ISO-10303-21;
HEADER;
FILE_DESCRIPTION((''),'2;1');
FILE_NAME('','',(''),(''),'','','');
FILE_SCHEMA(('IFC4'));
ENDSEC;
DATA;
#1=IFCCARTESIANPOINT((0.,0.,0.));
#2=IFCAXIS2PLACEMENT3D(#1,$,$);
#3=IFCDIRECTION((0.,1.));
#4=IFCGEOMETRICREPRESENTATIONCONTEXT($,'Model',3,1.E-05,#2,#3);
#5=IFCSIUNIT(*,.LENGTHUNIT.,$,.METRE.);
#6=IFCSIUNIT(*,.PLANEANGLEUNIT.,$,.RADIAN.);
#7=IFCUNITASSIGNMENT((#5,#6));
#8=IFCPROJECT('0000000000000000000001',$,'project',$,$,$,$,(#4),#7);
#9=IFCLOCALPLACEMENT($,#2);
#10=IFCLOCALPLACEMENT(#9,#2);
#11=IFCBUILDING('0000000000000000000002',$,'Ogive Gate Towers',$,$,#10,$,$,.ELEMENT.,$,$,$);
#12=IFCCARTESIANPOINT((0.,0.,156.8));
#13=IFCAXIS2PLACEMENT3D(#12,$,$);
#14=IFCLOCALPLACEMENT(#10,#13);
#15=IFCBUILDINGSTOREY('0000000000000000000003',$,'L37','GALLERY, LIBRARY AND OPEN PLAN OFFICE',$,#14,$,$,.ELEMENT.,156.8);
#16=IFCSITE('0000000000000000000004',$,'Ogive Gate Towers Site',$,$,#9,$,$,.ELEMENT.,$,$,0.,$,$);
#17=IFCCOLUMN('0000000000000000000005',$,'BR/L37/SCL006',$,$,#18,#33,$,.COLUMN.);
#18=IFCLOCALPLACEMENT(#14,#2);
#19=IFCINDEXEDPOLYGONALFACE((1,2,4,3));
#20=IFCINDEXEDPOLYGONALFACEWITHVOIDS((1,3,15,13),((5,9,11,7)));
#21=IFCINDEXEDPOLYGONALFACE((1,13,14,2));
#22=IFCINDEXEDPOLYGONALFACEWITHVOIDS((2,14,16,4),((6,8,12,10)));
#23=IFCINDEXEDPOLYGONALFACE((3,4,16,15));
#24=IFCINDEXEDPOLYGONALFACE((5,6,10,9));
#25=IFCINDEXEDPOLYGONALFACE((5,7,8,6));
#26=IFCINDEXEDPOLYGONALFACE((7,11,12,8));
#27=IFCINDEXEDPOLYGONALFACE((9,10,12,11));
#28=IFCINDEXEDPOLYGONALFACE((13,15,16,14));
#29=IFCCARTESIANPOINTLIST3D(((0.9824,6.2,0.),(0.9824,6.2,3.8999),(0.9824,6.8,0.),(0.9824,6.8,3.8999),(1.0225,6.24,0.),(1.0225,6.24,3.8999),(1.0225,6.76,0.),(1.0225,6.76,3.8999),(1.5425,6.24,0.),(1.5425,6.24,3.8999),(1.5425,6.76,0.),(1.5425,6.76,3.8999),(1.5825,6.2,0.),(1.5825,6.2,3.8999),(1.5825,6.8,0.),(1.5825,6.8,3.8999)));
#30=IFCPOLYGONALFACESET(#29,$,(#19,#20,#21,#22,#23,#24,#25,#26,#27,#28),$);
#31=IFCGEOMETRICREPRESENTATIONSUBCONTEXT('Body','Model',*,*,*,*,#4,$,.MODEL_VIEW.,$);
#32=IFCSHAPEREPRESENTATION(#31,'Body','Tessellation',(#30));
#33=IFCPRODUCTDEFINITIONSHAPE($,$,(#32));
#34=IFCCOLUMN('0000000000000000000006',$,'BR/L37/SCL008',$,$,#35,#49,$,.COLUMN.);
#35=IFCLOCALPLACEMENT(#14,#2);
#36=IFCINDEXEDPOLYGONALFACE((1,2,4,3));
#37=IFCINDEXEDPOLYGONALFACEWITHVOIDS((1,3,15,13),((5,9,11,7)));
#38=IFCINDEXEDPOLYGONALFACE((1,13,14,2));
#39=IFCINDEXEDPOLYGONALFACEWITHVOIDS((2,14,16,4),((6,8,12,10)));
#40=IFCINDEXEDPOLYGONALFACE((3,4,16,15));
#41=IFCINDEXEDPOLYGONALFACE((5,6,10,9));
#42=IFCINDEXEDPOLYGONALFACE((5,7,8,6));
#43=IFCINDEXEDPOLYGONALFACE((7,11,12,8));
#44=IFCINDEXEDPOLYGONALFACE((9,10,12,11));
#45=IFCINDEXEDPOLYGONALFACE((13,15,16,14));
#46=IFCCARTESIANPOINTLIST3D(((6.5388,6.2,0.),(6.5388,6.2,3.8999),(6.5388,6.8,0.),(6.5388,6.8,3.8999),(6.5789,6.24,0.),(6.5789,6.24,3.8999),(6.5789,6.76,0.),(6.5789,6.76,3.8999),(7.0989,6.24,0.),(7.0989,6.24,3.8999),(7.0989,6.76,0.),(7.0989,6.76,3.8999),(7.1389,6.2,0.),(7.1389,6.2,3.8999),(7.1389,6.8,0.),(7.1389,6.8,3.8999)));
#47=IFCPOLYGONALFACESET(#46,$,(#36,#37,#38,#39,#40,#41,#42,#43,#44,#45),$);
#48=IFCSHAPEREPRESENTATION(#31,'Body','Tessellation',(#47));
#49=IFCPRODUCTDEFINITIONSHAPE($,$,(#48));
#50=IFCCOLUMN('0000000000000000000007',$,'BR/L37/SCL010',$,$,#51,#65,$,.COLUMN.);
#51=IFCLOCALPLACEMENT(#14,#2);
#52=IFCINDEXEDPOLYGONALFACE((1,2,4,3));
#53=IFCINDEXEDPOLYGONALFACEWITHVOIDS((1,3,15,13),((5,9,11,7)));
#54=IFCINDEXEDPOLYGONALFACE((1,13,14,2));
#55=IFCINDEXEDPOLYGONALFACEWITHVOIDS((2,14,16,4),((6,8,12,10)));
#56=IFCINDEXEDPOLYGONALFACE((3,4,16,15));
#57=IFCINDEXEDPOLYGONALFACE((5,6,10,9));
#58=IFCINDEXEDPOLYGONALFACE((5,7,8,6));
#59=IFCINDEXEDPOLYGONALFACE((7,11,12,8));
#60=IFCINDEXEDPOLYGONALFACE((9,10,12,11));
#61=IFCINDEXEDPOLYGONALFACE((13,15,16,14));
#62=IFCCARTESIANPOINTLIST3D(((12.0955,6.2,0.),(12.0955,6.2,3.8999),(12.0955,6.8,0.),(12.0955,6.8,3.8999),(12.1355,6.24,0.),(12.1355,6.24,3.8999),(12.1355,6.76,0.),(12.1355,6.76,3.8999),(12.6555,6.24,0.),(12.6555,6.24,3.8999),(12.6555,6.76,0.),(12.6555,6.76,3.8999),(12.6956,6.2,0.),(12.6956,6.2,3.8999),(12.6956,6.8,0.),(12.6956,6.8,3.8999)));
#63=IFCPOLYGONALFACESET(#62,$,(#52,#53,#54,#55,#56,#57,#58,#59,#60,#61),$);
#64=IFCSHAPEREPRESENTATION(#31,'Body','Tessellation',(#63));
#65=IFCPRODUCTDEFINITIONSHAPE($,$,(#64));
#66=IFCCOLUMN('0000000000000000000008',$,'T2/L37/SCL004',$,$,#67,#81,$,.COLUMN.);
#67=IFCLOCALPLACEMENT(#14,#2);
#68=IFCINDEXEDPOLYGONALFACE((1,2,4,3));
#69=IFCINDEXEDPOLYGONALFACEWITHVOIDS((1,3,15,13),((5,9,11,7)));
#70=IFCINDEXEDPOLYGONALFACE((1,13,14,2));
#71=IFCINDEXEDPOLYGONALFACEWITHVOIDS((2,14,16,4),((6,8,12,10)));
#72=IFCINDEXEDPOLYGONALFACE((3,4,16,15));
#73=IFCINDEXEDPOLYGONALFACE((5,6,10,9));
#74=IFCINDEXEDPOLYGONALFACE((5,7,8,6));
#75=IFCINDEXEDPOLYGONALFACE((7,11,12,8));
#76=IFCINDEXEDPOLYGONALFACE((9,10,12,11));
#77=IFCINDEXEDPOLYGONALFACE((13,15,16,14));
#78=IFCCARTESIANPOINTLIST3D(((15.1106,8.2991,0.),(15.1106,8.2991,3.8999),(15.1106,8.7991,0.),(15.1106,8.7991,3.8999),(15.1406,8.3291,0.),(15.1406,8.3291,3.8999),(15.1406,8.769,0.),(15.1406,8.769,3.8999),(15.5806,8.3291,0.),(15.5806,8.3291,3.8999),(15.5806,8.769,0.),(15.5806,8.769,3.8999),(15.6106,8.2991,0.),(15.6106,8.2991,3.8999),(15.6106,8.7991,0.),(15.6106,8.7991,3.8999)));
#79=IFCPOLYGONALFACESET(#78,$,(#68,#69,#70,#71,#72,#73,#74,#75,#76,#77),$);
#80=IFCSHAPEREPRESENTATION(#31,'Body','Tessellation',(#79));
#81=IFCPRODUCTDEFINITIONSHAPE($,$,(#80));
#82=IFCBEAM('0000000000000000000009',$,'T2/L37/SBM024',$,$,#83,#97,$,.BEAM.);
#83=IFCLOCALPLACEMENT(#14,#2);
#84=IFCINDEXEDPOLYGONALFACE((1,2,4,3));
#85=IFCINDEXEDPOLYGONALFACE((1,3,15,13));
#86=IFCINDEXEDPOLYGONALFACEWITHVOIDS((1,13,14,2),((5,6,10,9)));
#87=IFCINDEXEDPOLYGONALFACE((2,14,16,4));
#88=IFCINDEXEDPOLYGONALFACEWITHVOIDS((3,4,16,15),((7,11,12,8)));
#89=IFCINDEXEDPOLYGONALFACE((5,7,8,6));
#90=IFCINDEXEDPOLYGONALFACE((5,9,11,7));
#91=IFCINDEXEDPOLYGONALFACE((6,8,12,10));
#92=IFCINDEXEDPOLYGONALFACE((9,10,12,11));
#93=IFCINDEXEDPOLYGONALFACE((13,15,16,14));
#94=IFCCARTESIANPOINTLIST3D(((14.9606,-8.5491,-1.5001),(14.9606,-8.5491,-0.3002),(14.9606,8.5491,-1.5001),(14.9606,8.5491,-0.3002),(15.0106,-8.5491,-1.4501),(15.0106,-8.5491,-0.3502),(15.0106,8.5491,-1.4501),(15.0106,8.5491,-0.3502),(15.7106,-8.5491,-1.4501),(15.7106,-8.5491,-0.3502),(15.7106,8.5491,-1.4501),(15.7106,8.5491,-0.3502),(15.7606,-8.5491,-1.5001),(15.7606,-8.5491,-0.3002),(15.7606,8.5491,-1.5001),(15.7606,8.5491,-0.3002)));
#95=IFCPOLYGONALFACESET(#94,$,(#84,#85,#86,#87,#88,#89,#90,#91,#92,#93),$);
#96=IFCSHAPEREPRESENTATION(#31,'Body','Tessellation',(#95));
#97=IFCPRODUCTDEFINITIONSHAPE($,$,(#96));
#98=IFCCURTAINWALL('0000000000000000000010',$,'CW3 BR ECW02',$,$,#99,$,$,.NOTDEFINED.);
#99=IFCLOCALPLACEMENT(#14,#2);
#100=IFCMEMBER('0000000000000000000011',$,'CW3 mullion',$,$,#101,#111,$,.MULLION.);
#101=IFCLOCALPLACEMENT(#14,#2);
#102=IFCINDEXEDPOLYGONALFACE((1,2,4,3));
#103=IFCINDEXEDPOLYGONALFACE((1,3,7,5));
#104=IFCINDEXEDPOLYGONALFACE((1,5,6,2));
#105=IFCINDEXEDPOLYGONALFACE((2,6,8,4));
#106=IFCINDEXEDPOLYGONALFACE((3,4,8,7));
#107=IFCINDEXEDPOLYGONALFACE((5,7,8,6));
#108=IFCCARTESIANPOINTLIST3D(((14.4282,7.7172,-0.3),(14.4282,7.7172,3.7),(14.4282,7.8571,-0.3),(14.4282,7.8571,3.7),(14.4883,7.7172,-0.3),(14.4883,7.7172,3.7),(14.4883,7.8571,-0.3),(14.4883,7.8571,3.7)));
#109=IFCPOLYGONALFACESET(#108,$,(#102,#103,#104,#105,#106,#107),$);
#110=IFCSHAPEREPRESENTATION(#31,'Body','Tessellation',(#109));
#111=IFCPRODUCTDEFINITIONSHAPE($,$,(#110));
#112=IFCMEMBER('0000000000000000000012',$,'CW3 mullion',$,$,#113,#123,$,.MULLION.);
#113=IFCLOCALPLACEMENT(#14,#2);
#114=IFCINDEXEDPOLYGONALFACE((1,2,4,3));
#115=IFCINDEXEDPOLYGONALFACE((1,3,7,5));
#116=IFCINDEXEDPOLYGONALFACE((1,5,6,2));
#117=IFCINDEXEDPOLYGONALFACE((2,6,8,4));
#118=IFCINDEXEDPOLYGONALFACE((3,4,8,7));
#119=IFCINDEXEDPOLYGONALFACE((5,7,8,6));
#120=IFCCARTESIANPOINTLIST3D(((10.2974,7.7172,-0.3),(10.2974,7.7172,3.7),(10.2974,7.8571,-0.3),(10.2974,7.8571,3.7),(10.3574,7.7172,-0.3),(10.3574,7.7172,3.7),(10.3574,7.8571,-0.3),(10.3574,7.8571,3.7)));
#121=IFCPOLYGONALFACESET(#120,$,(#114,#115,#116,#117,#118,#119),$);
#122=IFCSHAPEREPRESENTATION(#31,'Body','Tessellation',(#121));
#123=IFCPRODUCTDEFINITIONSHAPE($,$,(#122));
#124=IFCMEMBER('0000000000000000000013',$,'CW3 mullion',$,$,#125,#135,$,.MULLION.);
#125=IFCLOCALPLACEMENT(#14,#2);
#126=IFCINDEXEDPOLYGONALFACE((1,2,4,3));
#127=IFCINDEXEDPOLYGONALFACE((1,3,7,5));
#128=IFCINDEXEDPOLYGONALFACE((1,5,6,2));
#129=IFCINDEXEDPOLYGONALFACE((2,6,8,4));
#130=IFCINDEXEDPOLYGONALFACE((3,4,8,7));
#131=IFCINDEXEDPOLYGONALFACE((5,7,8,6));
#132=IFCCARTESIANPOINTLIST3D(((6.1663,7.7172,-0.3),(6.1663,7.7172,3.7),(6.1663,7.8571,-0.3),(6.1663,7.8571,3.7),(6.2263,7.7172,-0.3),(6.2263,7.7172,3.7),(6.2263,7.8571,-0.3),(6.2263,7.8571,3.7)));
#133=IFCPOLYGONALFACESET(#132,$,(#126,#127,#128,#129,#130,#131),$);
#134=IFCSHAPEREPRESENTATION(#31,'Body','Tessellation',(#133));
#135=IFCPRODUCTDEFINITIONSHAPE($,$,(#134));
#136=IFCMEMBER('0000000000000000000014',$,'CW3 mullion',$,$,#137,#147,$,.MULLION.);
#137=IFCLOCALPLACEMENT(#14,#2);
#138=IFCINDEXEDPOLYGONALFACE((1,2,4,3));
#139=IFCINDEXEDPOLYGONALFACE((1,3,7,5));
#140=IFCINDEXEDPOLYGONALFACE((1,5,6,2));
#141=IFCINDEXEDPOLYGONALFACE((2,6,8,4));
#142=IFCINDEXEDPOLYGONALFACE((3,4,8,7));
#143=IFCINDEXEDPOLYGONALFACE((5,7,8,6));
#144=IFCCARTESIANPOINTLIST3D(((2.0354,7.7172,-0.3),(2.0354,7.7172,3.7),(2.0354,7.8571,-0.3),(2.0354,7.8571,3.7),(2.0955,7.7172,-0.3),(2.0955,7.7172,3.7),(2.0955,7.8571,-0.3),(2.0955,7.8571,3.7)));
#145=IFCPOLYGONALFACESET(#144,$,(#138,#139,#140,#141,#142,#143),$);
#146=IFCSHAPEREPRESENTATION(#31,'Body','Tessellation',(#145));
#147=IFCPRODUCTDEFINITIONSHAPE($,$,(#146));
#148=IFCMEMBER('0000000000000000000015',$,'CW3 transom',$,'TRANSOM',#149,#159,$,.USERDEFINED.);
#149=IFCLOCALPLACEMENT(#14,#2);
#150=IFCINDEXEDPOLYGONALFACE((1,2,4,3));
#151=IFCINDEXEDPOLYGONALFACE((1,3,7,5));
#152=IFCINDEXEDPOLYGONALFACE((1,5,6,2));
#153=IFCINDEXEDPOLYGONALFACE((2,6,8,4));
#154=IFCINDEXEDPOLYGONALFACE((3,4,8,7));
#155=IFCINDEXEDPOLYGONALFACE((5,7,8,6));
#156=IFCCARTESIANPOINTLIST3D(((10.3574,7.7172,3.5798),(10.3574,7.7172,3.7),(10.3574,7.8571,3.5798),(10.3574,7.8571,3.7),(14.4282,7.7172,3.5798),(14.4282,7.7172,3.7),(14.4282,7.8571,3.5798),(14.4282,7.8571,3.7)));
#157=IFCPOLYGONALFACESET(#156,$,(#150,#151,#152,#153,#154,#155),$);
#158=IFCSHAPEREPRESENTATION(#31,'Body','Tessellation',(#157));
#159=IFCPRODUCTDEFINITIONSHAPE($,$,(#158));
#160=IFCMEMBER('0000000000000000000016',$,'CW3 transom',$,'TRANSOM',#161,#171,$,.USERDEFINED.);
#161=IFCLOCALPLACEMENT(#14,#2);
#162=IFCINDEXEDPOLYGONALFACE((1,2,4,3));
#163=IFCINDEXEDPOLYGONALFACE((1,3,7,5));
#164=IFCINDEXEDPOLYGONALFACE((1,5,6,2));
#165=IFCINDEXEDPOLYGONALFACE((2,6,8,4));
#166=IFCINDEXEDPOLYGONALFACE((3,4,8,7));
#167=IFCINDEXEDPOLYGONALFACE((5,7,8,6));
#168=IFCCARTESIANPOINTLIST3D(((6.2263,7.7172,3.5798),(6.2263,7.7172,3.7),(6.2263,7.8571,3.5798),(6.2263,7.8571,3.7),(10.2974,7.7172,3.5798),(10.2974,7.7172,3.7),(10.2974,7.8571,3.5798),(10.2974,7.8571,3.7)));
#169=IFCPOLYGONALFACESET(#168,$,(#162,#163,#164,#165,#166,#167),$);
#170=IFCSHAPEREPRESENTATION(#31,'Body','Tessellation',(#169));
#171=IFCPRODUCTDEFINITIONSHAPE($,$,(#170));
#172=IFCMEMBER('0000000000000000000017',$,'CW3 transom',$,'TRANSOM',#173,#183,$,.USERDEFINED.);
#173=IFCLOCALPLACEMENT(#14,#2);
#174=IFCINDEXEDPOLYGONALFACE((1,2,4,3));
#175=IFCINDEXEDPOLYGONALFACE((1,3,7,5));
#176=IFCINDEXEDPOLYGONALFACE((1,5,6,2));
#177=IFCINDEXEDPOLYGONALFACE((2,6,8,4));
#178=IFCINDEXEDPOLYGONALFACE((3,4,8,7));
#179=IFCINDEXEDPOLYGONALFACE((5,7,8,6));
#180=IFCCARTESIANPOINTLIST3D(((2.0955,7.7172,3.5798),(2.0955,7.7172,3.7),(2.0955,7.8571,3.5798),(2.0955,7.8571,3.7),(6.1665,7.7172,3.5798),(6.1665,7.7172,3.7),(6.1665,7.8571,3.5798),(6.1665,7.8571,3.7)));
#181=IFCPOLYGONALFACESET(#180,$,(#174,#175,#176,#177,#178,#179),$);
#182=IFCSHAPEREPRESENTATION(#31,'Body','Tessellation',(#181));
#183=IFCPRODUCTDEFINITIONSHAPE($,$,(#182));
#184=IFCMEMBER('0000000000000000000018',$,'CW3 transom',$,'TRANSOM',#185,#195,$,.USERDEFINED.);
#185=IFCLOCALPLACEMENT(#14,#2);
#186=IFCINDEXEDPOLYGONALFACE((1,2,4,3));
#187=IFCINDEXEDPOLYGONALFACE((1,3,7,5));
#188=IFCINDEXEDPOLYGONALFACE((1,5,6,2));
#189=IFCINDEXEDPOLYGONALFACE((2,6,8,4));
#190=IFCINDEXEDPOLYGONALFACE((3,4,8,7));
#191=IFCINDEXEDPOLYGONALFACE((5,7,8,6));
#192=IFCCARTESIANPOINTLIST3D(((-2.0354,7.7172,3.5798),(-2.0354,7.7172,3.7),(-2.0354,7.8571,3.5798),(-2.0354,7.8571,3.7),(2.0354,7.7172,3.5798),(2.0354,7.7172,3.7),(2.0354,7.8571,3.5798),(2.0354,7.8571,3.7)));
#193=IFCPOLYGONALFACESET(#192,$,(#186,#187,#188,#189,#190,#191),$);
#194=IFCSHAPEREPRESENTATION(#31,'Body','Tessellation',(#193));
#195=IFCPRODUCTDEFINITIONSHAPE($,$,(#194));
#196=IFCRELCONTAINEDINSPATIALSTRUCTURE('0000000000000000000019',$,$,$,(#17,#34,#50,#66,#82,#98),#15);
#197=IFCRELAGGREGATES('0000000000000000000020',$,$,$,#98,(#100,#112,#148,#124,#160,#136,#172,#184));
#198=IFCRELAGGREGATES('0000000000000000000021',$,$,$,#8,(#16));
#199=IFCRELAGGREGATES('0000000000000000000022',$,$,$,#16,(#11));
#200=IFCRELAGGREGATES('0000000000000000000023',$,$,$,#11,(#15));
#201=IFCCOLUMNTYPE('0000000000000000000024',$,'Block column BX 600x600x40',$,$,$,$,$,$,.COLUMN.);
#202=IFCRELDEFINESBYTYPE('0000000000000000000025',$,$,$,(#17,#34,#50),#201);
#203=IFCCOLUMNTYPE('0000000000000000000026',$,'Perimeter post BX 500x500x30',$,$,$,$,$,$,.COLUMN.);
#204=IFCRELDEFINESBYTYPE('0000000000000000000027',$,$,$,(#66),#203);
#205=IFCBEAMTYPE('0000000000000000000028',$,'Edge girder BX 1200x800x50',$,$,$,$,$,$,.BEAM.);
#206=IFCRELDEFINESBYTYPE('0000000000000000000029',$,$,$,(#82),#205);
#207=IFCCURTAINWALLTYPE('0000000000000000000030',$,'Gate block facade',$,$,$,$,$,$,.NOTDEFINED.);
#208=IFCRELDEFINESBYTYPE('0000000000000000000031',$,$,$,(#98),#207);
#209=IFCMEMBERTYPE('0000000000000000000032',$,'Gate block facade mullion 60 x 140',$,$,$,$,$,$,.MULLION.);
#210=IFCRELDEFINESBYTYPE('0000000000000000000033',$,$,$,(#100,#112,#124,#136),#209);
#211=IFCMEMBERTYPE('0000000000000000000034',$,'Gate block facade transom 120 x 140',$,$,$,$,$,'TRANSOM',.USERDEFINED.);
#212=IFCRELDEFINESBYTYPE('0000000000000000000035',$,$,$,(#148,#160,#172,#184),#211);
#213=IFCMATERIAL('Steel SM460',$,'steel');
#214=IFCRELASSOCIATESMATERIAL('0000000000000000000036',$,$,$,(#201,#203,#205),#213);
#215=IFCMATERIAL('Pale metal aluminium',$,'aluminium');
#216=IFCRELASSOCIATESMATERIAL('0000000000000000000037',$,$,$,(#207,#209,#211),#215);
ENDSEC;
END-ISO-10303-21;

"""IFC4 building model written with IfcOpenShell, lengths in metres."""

from ifc_helpers import new_model, si_unit, direction, frame, origin, origin_2d, place, context, subcontext, project, spatial, rectangle, hollow_rectangle, extrude, material, material_profile, profile_set, type_object, element, aggregate, save


model = new_model("IFC4")

# Units and contexts
model_context = context("Model", 3, precision=1e-05, world=origin(), true_north=direction((0.0, 1.0)))
body_context = subcontext(model_context, "Body", "Model", "MODEL_VIEW")
ifc_project = project(units=[si_unit("LENGTHUNIT", "METRE"), si_unit("PLANEANGLEUNIT", "RADIAN")], contexts=[model_context])

# Site, building, storey
site_placement = place(None, origin())
site = spatial("IfcSite", under=ifc_project, at=site_placement, Name="Ogive Gate Towers Site", CompositionType="ELEMENT", RefElevation=0.0)
building_placement = place(site_placement, origin())
building = spatial("IfcBuilding", under=site, at=building_placement, Name="Ogive Gate Towers", CompositionType="ELEMENT")
storey_placement = place(building_placement, frame((0.0, 0.0, 156.8)))
storey = spatial("IfcBuildingStorey", under=building, at=storey_placement, Name="L37", Description="GALLERY, LIBRARY AND OPEN PLAN OFFICE", CompositionType="ELEMENT", Elevation=156.8)

# Columns
ifc_material_1 = material(Name="Steel SM460", Category="steel")
ifc_material_profile_1 = material_profile(ifc_material_1, hollow_rectangle(XDim=0.6001, YDim=0.6001, WallThickness=0.04, at=origin_2d()), Name="BX 600x600x40")
ifc_profile_set_1 = profile_set([ifc_material_profile_1], Name="Steel SM460")
column_type_1 = type_object("IfcColumnType", Name="Block column BX 600x600x40", PredefinedType="COLUMN", material=ifc_profile_set_1)
for number, where, z_axis, x_axis, name in (
    (1, (1.2825, 6.5, 0.0), (0.0, 0.0, 1.0), (1.0, 0.0, 0.0), "BR/L37/SCL006"),
    (2, (6.8389, 6.5, 0.0), (0.0, 0.0, 1.0), (1.0, 0.0, 0.0), "BR/L37/SCL008"),
    (3, (12.3955, 6.5, 0.0), (0.0, 0.0, 1.0), (1.0, 0.0, 0.0), "BR/L37/SCL010"),
):
    element("IfcColumn", number, at=place(storey_placement, frame(where, z_axis=z_axis, x_axis=x_axis)), inside=storey, type_object=column_type_1, Name=name, PredefinedType="COLUMN", context=body_context, shape_type="SweptSolid", body=[
        extrude(hollow_rectangle(XDim=0.6001, YDim=0.6001, WallThickness=0.04, at=origin_2d()), origin(), (0.0, 0.0, 1.0), 3.8999),
    ])
ifc_material_profile_2 = material_profile(ifc_material_1, hollow_rectangle(XDim=0.5, YDim=0.5, WallThickness=0.03, at=origin_2d()), Name="BX 500x500x30")
ifc_profile_set_2 = profile_set([ifc_material_profile_2], Name="Steel SM460")
column_type_2 = type_object("IfcColumnType", Name="Perimeter post BX 500x500x30", PredefinedType="COLUMN", material=ifc_profile_set_2)
column_placement = place(storey_placement, frame((15.3606, 8.5491, 0.0), z_axis=(0.0, 0.0, 1.0), x_axis=(1.0, 0.0, 0.0)))
element("IfcColumn", 4, at=column_placement, inside=storey, type_object=column_type_2, Name="T2/L37/SCL004", PredefinedType="COLUMN", context=body_context, shape_type="SweptSolid", body=[
    extrude(hollow_rectangle(XDim=0.5, YDim=0.5, WallThickness=0.03, at=origin_2d()), origin(), (0.0, 0.0, 1.0), 3.8999),
])

# Beam
ifc_material_profile_3 = material_profile(ifc_material_1, hollow_rectangle(XDim=0.8, YDim=1.2, WallThickness=0.05, at=origin_2d()), Name="BX 1200x800x50")
ifc_profile_set_3 = profile_set([ifc_material_profile_3], Name="Steel SM460")
beam_type = type_object("IfcBeamType", Name="Edge girder BX 1200x800x50", PredefinedType="BEAM", material=ifc_profile_set_3)
beam_placement = place(storey_placement, frame((15.3606, 8.5491, -0.9001), z_axis=(0.0, -1.0, 0.0), x_axis=(1.0, 0.0, 0.0)))
element("IfcBeam", 5, at=beam_placement, inside=storey, type_object=beam_type, Name="T2/L37/SBM024", PredefinedType="BEAM", context=body_context, shape_type="SweptSolid", body=[
    extrude(hollow_rectangle(XDim=0.8, YDim=1.2, WallThickness=0.05, at=origin_2d()), origin(), (0.0, 0.0, 1.0), 17.0981),
])

# Curtain wall, members
ifc_material_2 = material(Name="Pale metal aluminium", Category="aluminium")
curtain_wall_type_1 = type_object("IfcCurtainWallType", Name="Gate block facade", PredefinedType="NOTDEFINED", material=ifc_material_2)
curtain_wall_1_placement = place(storey_placement, origin())
curtain_wall_1 = element("IfcCurtainWall", 6, at=curtain_wall_1_placement, inside=storey, type_object=curtain_wall_type_1, Name="CW3 BR ECW02", PredefinedType="NOTDEFINED")
ifc_material_profile_4 = material_profile(ifc_material_2, rectangle(XDim=0.1399, YDim=0.0601, at=origin_2d()), Name="60 x 140 aluminium box")
ifc_profile_set_4 = profile_set([ifc_material_profile_4], Name="Pale metal aluminium")
member_type_1 = type_object("IfcMemberType", Name="Gate block facade mullion 60 x 140", PredefinedType="MULLION", material=ifc_profile_set_4)
member_1_placement = place(storey_placement, frame((14.4583, 7.7871, -0.3), z_axis=(0.0, 0.0, 1.0), x_axis=(0.0, 1.0, 0.0)))
member_1 = element("IfcMember", 7, at=member_1_placement, type_object=member_type_1, Name="CW3 mullion", PredefinedType="MULLION", context=body_context, shape_type="SweptSolid", body=[
    extrude(rectangle(XDim=0.1399, YDim=0.0601, at=origin_2d()), origin(), (0.0, 0.0, 1.0), 4.0),
])
member_2_placement = place(storey_placement, frame((10.3274, 7.7871, -0.3), z_axis=(0.0, 0.0, 1.0), x_axis=(0.0, 1.0, 0.0)))
member_2 = element("IfcMember", 8, at=member_2_placement, type_object=member_type_1, Name="CW3 mullion", PredefinedType="MULLION", context=body_context, shape_type="SweptSolid", body=[
    extrude(rectangle(XDim=0.1399, YDim=0.0601, at=origin_2d()), origin(), (0.0, 0.0, 1.0), 4.0),
])
member_3_placement = place(storey_placement, frame((6.1963, 7.7871, -0.3), z_axis=(0.0, 0.0, 1.0), x_axis=(0.0, 1.0, 0.0)))
member_3 = element("IfcMember", 9, at=member_3_placement, type_object=member_type_1, Name="CW3 mullion", PredefinedType="MULLION", context=body_context, shape_type="SweptSolid", body=[
    extrude(rectangle(XDim=0.1399, YDim=0.0601, at=origin_2d()), origin(), (0.0, 0.0, 1.0), 4.0),
])
member_4_placement = place(storey_placement, frame((2.0654, 7.7871, -0.3), z_axis=(0.0, 0.0, 1.0), x_axis=(0.0, 1.0, 0.0)))
member_4 = element("IfcMember", 10, at=member_4_placement, type_object=member_type_1, Name="CW3 mullion", PredefinedType="MULLION", context=body_context, shape_type="SweptSolid", body=[
    extrude(rectangle(XDim=0.1399, YDim=0.0601, at=origin_2d()), origin(), (0.0, 0.0, 1.0), 4.0),
])
ifc_material_profile_5 = material_profile(ifc_material_2, rectangle(XDim=0.1399, YDim=0.1201, at=origin_2d()), Name="120 x 140 aluminium box")
ifc_profile_set_5 = profile_set([ifc_material_profile_5], Name="Pale metal aluminium")
member_type_2 = type_object("IfcMemberType", Name="Gate block facade transom 120 x 140", ElementType="TRANSOM", PredefinedType="USERDEFINED", material=ifc_profile_set_5)
member_5_placement = place(storey_placement, frame((14.4282, 7.7871, 3.6399), z_axis=(-1.0, 0.0, 0.0), x_axis=(0.0, -1.0, 0.0)))
member_5 = element("IfcMember", 11, at=member_5_placement, type_object=member_type_2, Name="CW3 transom", ObjectType="TRANSOM", PredefinedType="USERDEFINED", context=body_context, shape_type="SweptSolid", body=[
    extrude(rectangle(XDim=0.1399, YDim=0.1201, at=origin_2d()), origin(), (0.0, 0.0, 1.0), 4.0708),
])
member_6_placement = place(storey_placement, frame((10.2974, 7.7871, 3.6399), z_axis=(-1.0, 0.0, 0.0), x_axis=(0.0, -1.0, 0.0)))
member_6 = element("IfcMember", 12, at=member_6_placement, type_object=member_type_2, Name="CW3 transom", ObjectType="TRANSOM", PredefinedType="USERDEFINED", context=body_context, shape_type="SweptSolid", body=[
    extrude(rectangle(XDim=0.1399, YDim=0.1201, at=origin_2d()), origin(), (0.0, 0.0, 1.0), 4.071),
])
member_7_placement = place(storey_placement, frame((6.1665, 7.7871, 3.6399), z_axis=(-1.0, 0.0, 0.0), x_axis=(0.0, -1.0, 0.0)))
member_7 = element("IfcMember", 13, at=member_7_placement, type_object=member_type_2, Name="CW3 transom", ObjectType="TRANSOM", PredefinedType="USERDEFINED", context=body_context, shape_type="SweptSolid", body=[
    extrude(rectangle(XDim=0.1399, YDim=0.1201, at=origin_2d()), origin(), (0.0, 0.0, 1.0), 4.071),
])
member_8_placement = place(storey_placement, frame((2.0354, 7.7871, 3.6399), z_axis=(-1.0, 0.0, 0.0), x_axis=(0.0, -1.0, 0.0)))
member_8 = element("IfcMember", 14, at=member_8_placement, type_object=member_type_2, Name="CW3 transom", ObjectType="TRANSOM", PredefinedType="USERDEFINED", context=body_context, shape_type="SweptSolid", body=[
    extrude(rectangle(XDim=0.1399, YDim=0.1201, at=origin_2d()), origin(), (0.0, 0.0, 1.0), 4.0708),
])

aggregate(curtain_wall_1, [member_1, member_2, member_5, member_3, member_6, member_4, member_7, member_8])

save(model, "model.ifc")
